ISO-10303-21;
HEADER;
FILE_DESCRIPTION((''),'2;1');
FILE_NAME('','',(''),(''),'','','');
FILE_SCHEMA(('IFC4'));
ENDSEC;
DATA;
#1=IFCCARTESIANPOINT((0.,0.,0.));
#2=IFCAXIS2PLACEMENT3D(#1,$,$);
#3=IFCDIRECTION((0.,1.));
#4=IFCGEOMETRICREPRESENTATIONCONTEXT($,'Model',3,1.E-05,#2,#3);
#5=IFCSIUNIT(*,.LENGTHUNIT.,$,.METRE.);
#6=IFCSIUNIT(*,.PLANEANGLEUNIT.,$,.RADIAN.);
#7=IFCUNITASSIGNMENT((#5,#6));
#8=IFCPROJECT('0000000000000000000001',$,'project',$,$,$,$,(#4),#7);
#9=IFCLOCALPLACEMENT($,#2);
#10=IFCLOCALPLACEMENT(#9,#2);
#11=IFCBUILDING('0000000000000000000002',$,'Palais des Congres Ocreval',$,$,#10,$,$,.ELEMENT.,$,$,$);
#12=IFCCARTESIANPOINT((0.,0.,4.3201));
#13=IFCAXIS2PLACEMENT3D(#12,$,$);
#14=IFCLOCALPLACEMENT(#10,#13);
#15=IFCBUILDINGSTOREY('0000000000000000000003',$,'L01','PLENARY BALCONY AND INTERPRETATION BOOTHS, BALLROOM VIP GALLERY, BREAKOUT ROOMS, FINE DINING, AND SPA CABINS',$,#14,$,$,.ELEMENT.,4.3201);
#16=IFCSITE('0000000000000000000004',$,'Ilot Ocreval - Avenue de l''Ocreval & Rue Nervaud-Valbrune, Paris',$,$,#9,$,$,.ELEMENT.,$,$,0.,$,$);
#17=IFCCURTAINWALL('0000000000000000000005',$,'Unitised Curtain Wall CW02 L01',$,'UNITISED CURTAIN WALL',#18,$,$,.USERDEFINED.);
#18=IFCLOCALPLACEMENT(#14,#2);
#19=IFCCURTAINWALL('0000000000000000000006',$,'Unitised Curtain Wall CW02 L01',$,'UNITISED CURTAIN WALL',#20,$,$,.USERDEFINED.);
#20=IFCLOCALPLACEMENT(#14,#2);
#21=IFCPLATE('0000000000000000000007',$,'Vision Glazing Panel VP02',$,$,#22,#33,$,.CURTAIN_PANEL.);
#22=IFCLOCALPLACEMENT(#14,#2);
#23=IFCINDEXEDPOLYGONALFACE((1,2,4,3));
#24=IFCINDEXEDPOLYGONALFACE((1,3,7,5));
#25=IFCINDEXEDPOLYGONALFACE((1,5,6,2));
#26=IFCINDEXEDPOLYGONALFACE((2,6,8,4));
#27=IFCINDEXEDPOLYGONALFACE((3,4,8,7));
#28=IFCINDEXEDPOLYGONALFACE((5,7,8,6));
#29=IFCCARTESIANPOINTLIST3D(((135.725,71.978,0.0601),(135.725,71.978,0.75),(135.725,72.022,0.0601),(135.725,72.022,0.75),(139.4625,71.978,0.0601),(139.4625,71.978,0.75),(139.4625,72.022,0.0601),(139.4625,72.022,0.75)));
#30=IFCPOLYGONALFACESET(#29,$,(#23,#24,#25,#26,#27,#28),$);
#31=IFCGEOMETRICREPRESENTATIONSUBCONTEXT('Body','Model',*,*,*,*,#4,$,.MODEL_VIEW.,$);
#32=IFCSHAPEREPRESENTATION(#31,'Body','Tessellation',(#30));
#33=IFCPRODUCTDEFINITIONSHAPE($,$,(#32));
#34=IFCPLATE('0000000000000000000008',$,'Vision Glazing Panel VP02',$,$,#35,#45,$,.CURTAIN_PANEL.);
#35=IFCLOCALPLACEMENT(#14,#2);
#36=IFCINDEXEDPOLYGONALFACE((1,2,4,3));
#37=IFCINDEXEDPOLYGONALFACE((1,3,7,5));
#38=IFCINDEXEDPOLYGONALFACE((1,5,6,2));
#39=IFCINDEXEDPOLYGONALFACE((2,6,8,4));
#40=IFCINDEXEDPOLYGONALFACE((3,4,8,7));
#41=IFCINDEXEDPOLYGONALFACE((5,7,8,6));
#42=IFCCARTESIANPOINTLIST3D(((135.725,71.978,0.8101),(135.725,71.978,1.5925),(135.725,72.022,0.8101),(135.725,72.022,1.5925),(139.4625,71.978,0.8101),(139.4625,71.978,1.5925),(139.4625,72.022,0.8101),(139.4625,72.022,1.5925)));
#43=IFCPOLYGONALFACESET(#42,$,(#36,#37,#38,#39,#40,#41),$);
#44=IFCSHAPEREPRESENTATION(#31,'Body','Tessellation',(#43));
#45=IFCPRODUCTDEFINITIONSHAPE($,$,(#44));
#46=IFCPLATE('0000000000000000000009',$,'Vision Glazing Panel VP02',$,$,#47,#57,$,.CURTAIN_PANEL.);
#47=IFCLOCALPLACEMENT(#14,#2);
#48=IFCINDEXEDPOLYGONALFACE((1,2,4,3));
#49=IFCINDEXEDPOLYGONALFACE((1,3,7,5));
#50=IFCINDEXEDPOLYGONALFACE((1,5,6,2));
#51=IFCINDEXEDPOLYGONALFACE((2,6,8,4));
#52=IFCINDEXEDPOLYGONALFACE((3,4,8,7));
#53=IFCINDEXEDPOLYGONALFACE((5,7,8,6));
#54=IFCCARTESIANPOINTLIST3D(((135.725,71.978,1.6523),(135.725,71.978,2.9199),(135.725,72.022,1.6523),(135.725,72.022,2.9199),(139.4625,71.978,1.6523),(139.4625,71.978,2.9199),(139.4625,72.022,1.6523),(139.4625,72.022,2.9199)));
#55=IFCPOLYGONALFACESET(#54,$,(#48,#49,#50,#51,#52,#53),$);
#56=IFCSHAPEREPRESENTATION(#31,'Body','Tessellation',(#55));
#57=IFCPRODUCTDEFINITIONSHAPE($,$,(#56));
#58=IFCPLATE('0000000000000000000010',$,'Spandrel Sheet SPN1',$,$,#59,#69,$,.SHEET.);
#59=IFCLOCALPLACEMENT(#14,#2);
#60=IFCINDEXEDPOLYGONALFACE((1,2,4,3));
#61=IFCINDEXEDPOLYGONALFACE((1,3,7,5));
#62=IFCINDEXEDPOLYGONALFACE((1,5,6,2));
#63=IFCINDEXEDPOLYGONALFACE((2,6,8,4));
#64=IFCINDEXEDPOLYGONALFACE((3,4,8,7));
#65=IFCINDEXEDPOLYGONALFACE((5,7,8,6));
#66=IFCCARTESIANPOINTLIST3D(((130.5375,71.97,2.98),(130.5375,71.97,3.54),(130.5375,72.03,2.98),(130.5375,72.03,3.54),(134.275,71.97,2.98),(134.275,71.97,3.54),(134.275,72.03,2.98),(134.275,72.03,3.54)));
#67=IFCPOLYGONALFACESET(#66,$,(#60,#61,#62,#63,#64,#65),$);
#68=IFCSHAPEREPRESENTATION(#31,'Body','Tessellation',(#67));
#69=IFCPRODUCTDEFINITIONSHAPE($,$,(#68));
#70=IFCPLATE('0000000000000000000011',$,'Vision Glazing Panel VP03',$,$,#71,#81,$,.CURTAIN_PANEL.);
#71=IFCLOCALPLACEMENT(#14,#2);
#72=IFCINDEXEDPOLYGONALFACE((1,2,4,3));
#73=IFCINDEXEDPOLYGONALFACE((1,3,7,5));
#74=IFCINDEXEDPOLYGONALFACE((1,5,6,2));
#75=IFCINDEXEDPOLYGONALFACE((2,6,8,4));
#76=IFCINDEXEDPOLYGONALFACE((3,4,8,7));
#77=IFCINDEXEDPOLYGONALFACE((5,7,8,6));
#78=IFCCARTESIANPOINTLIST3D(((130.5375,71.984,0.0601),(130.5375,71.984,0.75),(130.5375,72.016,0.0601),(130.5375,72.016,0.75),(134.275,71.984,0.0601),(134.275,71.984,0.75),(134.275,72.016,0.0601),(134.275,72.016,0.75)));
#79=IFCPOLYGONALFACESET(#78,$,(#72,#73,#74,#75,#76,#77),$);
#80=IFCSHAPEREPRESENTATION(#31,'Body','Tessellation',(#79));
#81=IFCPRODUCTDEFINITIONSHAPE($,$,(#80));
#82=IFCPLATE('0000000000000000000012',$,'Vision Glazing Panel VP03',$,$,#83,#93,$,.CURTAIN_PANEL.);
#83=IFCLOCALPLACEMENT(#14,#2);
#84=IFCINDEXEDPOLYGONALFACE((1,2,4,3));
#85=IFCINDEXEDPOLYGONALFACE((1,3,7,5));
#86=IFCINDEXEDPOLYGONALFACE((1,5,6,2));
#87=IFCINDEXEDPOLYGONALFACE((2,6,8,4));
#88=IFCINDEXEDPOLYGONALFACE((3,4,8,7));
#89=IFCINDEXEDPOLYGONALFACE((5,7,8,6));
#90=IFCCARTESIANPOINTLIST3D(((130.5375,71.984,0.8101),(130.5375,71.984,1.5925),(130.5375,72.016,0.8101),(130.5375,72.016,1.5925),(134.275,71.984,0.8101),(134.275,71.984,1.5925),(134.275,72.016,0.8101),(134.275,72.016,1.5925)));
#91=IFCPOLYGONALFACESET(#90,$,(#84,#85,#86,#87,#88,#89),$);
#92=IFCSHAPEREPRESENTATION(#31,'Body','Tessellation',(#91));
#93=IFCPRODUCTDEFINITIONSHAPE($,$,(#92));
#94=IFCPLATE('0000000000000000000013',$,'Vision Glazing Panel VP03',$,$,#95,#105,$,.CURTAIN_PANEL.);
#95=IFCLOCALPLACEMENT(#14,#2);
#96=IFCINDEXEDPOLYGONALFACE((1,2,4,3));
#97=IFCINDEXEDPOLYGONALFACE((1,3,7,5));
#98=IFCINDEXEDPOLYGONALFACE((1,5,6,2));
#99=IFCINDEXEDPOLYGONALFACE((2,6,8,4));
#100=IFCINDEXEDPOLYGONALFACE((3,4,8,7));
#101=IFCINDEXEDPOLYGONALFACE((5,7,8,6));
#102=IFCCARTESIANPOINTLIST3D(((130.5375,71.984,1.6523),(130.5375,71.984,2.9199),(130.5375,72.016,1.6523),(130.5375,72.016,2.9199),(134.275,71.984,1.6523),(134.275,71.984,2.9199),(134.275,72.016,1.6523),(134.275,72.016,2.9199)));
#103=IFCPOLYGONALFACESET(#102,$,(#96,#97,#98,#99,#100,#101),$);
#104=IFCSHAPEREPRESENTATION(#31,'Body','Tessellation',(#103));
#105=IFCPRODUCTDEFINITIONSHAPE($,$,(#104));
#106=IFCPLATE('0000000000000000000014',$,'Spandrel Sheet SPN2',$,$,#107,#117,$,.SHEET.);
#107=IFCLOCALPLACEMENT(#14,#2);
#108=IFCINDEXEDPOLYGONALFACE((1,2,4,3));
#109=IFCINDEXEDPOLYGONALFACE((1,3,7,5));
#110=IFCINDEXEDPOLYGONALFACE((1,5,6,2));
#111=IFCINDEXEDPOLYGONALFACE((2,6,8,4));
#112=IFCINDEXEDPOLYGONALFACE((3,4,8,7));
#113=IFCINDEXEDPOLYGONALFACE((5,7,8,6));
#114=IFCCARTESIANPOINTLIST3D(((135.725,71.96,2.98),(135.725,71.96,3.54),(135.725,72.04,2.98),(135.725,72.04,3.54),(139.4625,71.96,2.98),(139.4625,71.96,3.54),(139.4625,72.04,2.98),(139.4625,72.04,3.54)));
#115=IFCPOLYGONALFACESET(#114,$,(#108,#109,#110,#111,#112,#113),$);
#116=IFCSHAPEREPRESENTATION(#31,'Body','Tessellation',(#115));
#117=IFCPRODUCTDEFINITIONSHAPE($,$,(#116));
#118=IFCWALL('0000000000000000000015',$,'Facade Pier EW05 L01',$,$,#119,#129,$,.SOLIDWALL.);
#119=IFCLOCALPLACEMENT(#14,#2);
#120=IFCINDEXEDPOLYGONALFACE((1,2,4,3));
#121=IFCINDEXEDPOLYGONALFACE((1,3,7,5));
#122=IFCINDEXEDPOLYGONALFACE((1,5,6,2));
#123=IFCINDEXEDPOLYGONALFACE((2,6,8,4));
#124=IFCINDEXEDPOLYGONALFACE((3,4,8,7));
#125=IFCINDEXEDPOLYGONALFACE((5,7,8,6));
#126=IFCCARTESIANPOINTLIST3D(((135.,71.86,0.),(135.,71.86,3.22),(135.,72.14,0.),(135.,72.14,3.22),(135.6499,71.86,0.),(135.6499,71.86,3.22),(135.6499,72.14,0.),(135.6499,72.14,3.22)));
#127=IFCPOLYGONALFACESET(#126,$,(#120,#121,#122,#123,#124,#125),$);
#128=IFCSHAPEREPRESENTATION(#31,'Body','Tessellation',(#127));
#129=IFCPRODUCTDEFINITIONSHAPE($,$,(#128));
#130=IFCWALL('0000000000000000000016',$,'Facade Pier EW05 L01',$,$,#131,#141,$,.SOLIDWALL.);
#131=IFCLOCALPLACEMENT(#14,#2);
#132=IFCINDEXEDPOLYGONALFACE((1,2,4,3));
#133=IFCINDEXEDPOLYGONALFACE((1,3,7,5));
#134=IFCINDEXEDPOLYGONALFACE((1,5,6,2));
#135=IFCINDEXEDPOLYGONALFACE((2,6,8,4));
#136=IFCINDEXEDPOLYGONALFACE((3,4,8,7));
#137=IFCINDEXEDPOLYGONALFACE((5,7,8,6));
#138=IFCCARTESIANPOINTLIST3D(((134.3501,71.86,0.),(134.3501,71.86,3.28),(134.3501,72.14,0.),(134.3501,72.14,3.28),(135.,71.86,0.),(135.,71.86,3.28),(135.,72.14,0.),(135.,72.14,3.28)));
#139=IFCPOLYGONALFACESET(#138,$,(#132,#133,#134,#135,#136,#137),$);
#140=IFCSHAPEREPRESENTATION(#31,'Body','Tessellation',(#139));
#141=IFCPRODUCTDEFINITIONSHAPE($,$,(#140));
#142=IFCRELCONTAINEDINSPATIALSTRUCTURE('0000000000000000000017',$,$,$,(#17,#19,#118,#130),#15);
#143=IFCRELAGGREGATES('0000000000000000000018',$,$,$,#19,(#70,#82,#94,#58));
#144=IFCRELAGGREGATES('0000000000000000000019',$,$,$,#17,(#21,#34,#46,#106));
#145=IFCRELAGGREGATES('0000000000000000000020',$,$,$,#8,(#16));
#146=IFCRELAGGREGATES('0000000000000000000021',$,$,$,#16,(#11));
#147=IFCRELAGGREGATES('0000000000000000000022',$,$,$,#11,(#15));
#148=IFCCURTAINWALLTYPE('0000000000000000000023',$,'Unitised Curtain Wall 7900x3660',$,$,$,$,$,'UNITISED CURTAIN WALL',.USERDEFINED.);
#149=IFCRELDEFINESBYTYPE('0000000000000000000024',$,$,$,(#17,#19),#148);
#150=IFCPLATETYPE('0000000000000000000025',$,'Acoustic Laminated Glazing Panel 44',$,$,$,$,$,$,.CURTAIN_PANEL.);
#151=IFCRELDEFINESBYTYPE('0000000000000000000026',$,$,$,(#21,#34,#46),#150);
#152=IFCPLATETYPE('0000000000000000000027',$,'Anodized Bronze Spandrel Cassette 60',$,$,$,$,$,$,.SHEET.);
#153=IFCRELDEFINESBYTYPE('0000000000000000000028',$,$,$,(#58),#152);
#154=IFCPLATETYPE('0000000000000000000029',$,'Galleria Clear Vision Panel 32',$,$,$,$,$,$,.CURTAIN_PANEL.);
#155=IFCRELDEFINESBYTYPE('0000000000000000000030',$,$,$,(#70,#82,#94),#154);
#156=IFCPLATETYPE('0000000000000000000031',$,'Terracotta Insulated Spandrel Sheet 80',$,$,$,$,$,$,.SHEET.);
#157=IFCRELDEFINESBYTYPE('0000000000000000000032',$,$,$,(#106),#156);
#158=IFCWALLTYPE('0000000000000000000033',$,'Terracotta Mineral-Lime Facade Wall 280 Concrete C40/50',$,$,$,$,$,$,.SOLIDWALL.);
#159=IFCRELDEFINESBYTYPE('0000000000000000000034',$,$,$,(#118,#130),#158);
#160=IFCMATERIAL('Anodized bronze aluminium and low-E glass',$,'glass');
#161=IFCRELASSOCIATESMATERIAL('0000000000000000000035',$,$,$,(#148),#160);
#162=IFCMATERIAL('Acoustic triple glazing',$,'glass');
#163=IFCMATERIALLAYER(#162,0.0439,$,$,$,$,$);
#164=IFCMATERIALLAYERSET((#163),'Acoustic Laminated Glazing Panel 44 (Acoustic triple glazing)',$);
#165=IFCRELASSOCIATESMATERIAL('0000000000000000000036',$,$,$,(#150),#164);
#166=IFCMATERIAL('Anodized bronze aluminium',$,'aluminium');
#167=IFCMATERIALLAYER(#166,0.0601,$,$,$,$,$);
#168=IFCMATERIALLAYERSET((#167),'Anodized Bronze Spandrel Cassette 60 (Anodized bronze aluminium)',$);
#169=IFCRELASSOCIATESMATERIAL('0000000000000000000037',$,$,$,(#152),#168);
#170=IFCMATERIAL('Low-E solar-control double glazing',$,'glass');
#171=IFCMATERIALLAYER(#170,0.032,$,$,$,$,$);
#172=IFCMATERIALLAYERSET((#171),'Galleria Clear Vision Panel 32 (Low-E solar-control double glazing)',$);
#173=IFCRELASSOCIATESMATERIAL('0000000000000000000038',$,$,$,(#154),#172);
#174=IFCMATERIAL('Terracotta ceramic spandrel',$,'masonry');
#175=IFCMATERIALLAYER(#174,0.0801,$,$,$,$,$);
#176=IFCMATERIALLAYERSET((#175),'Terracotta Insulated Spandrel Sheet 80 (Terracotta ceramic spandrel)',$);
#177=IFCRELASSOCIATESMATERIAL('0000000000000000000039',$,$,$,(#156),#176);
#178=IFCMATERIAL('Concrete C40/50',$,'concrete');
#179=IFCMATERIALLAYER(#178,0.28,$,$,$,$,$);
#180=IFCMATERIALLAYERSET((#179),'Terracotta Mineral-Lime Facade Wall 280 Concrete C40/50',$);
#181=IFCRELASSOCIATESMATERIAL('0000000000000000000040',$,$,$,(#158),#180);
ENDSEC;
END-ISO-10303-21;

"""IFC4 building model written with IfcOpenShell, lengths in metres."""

from ifc_helpers import new_model, si_unit, direction, frame, frame_2d, origin, origin_2d, place, context, subcontext, project, spatial, rectangle, extrude, material, layer, layer_set, type_object, element, aggregate, save


model = new_model("IFC4")

# Units and contexts
model_context = context("Model", 3, precision=1e-05, world=origin(), true_north=direction((0.0, 1.0)))
body_context = subcontext(model_context, "Body", "Model", "MODEL_VIEW")
ifc_project = project(units=[si_unit("LENGTHUNIT", "METRE"), si_unit("PLANEANGLEUNIT", "RADIAN")], contexts=[model_context])

# Site, building, storey
site_placement = place(None, origin())
site = spatial("IfcSite", under=ifc_project, at=site_placement, Name="Ilot Ocreval - Avenue de l'Ocreval & Rue Nervaud-Valbrune, Paris", CompositionType="ELEMENT", RefElevation=0.0)
building_placement = place(site_placement, origin())
building = spatial("IfcBuilding", under=site, at=building_placement, Name="Palais des Congres Ocreval", CompositionType="ELEMENT")
storey_placement = place(building_placement, frame((0.0, 0.0, 4.3201)))
storey = spatial("IfcBuildingStorey", under=building, at=storey_placement, Name="L01", Description="PLENARY BALCONY AND INTERPRETATION BOOTHS, BALLROOM VIP GALLERY, BREAKOUT ROOMS, FINE DINING, AND SPA CABINS", CompositionType="ELEMENT", Elevation=4.3201)

# Curtain wall
ifc_material_1 = material(Name="Anodized bronze aluminium and low-E glass", Category="glass")
curtain_wall_type = type_object("IfcCurtainWallType", Name="Unitised Curtain Wall 7900x3660", ElementType="UNITISED CURTAIN WALL", PredefinedType="USERDEFINED", material=ifc_material_1)
curtain_wall_1_placement = place(storey_placement, origin())
curtain_wall_1 = element("IfcCurtainWall", 1, at=curtain_wall_1_placement, inside=storey, type_object=curtain_wall_type, Name="Unitised Curtain Wall CW02 L01", ObjectType="UNITISED CURTAIN WALL", PredefinedType="USERDEFINED")
ifc_material_2 = material(Name="Anodized bronze aluminium", Category="aluminium")

# Curtain wall
curtain_wall_2_placement = place(storey_placement, origin())
curtain_wall_2 = element("IfcCurtainWall", 2, at=curtain_wall_2_placement, inside=storey, type_object=curtain_wall_type, Name="Unitised Curtain Wall CW02 L01", ObjectType="UNITISED CURTAIN WALL", PredefinedType="USERDEFINED")

# Plates
ifc_material_3 = material(Name="Acoustic triple glazing", Category="glass")
ifc_layer_1 = layer(ifc_material_3, 0.0439)
ifc_layer_set_1 = layer_set([ifc_layer_1], Name="Acoustic Laminated Glazing Panel 44 (Acoustic triple glazing)")
plate_type_1 = type_object("IfcPlateType", Name="Acoustic Laminated Glazing Panel 44", PredefinedType="CURTAIN_PANEL", material=ifc_layer_set_1)
plate_1_placement = place(storey_placement, frame((137.5938, 72.0, 0.0601), z_axis=(0.0, 0.0, 1.0), x_axis=(-1.0, 0.0, 0.0)))
plate_1 = element("IfcPlate", 3, at=plate_1_placement, type_object=plate_type_1, Name="Vision Glazing Panel VP02", PredefinedType="CURTAIN_PANEL", context=body_context, shape_type="SweptSolid", body=[
    extrude(rectangle(XDim=3.7375, YDim=0.0439, at=origin_2d()), origin(), (0.0, 0.0, 1.0), 0.6899),
])
plate_2_placement = place(storey_placement, frame((137.5938, 72.0, 0.8101), z_axis=(0.0, 0.0, 1.0), x_axis=(-1.0, 0.0, 0.0)))
plate_2 = element("IfcPlate", 4, at=plate_2_placement, type_object=plate_type_1, Name="Vision Glazing Panel VP02", PredefinedType="CURTAIN_PANEL", context=body_context, shape_type="SweptSolid", body=[
    extrude(rectangle(XDim=3.7375, YDim=0.0439, at=origin_2d()), origin(), (0.0, 0.0, 1.0), 0.7825),
])
plate_3_placement = place(storey_placement, frame((137.5938, 72.0, 1.6523), z_axis=(0.0, 0.0, 1.0), x_axis=(-1.0, 0.0, 0.0)))
plate_3 = element("IfcPlate", 5, at=plate_3_placement, type_object=plate_type_1, Name="Vision Glazing Panel VP02", PredefinedType="CURTAIN_PANEL", context=body_context, shape_type="SweptSolid", body=[
    extrude(rectangle(XDim=3.7375, YDim=0.0439, at=origin_2d()), origin(), (0.0, 0.0, 1.0), 1.2676),
])
ifc_layer_2 = layer(ifc_material_2, 0.0601)
ifc_layer_set_2 = layer_set([ifc_layer_2], Name="Anodized Bronze Spandrel Cassette 60 (Anodized bronze aluminium)")
plate_type_2 = type_object("IfcPlateType", Name="Anodized Bronze Spandrel Cassette 60", PredefinedType="SHEET", material=ifc_layer_set_2)
plate_4_placement = place(storey_placement, frame((132.4062, 72.0, 2.98), z_axis=(0.0, 0.0, 1.0), x_axis=(-1.0, 0.0, 0.0)))
plate_4 = element("IfcPlate", 6, at=plate_4_placement, type_object=plate_type_2, Name="Spandrel Sheet SPN1", PredefinedType="SHEET", context=body_context, shape_type="SweptSolid", body=[
    extrude(rectangle(XDim=3.7375, YDim=0.0601, at=origin_2d()), origin(), (0.0, 0.0, 1.0), 0.5601),
])
ifc_material_4 = material(Name="Low-E solar-control double glazing", Category="glass")
ifc_layer_3 = layer(ifc_material_4, 0.032)
ifc_layer_set_3 = layer_set([ifc_layer_3], Name="Galleria Clear Vision Panel 32 (Low-E solar-control double glazing)")
plate_type_3 = type_object("IfcPlateType", Name="Galleria Clear Vision Panel 32", PredefinedType="CURTAIN_PANEL", material=ifc_layer_set_3)
plate_5_placement = place(storey_placement, frame((132.4062, 72.0, 0.0601), z_axis=(0.0, 0.0, 1.0), x_axis=(-1.0, 0.0, 0.0)))
plate_5 = element("IfcPlate", 7, at=plate_5_placement, type_object=plate_type_3, Name="Vision Glazing Panel VP03", PredefinedType="CURTAIN_PANEL", context=body_context, shape_type="SweptSolid", body=[
    extrude(rectangle(XDim=3.7375, YDim=0.032, at=origin_2d()), origin(), (0.0, 0.0, 1.0), 0.6899),
])
plate_6_placement = place(storey_placement, frame((132.4062, 72.0, 0.8101), z_axis=(0.0, 0.0, 1.0), x_axis=(-1.0, 0.0, 0.0)))
plate_6 = element("IfcPlate", 8, at=plate_6_placement, type_object=plate_type_3, Name="Vision Glazing Panel VP03", PredefinedType="CURTAIN_PANEL", context=body_context, shape_type="SweptSolid", body=[
    extrude(rectangle(XDim=3.7375, YDim=0.032, at=origin_2d()), origin(), (0.0, 0.0, 1.0), 0.7825),
])
plate_7_placement = place(storey_placement, frame((132.4062, 72.0, 1.6523), z_axis=(0.0, 0.0, 1.0), x_axis=(-1.0, 0.0, 0.0)))
plate_7 = element("IfcPlate", 9, at=plate_7_placement, type_object=plate_type_3, Name="Vision Glazing Panel VP03", PredefinedType="CURTAIN_PANEL", context=body_context, shape_type="SweptSolid", body=[
    extrude(rectangle(XDim=3.7375, YDim=0.032, at=origin_2d()), origin(), (0.0, 0.0, 1.0), 1.2676),
])
aggregate(curtain_wall_2, [plate_5, plate_6, plate_7, plate_4])
ifc_material_5 = material(Name="Terracotta ceramic spandrel", Category="masonry")
ifc_layer_4 = layer(ifc_material_5, 0.0801)
ifc_layer_set_4 = layer_set([ifc_layer_4], Name="Terracotta Insulated Spandrel Sheet 80 (Terracotta ceramic spandrel)")
plate_type_4 = type_object("IfcPlateType", Name="Terracotta Insulated Spandrel Sheet 80", PredefinedType="SHEET", material=ifc_layer_set_4)
plate_8_placement = place(storey_placement, frame((137.5938, 72.0, 2.98), z_axis=(0.0, 0.0, 1.0), x_axis=(-1.0, 0.0, 0.0)))
plate_8 = element("IfcPlate", 10, at=plate_8_placement, type_object=plate_type_4, Name="Spandrel Sheet SPN2", PredefinedType="SHEET", context=body_context, shape_type="SweptSolid", body=[
    extrude(rectangle(XDim=3.7375, YDim=0.0801, at=origin_2d()), origin(), (0.0, 0.0, 1.0), 0.5601),
])
aggregate(curtain_wall_1, [plate_1, plate_2, plate_3, plate_8])

# Walls
ifc_material_6 = material(Name="Concrete C40/50", Category="concrete")
ifc_layer_5 = layer(ifc_material_6, 0.28)
ifc_layer_set_5 = layer_set([ifc_layer_5], Name="Terracotta Mineral-Lime Facade Wall 280 Concrete C40/50")
wall_type = type_object("IfcWallType", Name="Terracotta Mineral-Lime Facade Wall 280 Concrete C40/50", PredefinedType="SOLIDWALL", material=ifc_layer_set_5)
wall_1_placement = place(storey_placement, frame((135.6499, 72.0, 0.0), z_axis=(0.0, 0.0, 1.0), x_axis=(-1.0, 0.0, 0.0)))
element("IfcWall", 11, at=wall_1_placement, inside=storey, type_object=wall_type, Name="Facade Pier EW05 L01", PredefinedType="SOLIDWALL", context=body_context, shape_type="SweptSolid", body=[
    extrude(rectangle(XDim=0.6499, YDim=0.28, at=frame_2d((0.325, 0.0))), origin(), (0.0, 0.0, 1.0), 3.22),
])
wall_2_placement = place(storey_placement, frame((135.0, 72.0, 0.0), z_axis=(0.0, 0.0, 1.0), x_axis=(-1.0, 0.0, 0.0)))
element("IfcWall", 12, at=wall_2_placement, inside=storey, type_object=wall_type, Name="Facade Pier EW05 L01", PredefinedType="SOLIDWALL", context=body_context, shape_type="SweptSolid", body=[
    extrude(rectangle(XDim=0.6499, YDim=0.28, at=frame_2d((0.325, 0.0))), origin(), (0.0, 0.0, 1.0), 3.28),
])

save(model, "model.ifc")
